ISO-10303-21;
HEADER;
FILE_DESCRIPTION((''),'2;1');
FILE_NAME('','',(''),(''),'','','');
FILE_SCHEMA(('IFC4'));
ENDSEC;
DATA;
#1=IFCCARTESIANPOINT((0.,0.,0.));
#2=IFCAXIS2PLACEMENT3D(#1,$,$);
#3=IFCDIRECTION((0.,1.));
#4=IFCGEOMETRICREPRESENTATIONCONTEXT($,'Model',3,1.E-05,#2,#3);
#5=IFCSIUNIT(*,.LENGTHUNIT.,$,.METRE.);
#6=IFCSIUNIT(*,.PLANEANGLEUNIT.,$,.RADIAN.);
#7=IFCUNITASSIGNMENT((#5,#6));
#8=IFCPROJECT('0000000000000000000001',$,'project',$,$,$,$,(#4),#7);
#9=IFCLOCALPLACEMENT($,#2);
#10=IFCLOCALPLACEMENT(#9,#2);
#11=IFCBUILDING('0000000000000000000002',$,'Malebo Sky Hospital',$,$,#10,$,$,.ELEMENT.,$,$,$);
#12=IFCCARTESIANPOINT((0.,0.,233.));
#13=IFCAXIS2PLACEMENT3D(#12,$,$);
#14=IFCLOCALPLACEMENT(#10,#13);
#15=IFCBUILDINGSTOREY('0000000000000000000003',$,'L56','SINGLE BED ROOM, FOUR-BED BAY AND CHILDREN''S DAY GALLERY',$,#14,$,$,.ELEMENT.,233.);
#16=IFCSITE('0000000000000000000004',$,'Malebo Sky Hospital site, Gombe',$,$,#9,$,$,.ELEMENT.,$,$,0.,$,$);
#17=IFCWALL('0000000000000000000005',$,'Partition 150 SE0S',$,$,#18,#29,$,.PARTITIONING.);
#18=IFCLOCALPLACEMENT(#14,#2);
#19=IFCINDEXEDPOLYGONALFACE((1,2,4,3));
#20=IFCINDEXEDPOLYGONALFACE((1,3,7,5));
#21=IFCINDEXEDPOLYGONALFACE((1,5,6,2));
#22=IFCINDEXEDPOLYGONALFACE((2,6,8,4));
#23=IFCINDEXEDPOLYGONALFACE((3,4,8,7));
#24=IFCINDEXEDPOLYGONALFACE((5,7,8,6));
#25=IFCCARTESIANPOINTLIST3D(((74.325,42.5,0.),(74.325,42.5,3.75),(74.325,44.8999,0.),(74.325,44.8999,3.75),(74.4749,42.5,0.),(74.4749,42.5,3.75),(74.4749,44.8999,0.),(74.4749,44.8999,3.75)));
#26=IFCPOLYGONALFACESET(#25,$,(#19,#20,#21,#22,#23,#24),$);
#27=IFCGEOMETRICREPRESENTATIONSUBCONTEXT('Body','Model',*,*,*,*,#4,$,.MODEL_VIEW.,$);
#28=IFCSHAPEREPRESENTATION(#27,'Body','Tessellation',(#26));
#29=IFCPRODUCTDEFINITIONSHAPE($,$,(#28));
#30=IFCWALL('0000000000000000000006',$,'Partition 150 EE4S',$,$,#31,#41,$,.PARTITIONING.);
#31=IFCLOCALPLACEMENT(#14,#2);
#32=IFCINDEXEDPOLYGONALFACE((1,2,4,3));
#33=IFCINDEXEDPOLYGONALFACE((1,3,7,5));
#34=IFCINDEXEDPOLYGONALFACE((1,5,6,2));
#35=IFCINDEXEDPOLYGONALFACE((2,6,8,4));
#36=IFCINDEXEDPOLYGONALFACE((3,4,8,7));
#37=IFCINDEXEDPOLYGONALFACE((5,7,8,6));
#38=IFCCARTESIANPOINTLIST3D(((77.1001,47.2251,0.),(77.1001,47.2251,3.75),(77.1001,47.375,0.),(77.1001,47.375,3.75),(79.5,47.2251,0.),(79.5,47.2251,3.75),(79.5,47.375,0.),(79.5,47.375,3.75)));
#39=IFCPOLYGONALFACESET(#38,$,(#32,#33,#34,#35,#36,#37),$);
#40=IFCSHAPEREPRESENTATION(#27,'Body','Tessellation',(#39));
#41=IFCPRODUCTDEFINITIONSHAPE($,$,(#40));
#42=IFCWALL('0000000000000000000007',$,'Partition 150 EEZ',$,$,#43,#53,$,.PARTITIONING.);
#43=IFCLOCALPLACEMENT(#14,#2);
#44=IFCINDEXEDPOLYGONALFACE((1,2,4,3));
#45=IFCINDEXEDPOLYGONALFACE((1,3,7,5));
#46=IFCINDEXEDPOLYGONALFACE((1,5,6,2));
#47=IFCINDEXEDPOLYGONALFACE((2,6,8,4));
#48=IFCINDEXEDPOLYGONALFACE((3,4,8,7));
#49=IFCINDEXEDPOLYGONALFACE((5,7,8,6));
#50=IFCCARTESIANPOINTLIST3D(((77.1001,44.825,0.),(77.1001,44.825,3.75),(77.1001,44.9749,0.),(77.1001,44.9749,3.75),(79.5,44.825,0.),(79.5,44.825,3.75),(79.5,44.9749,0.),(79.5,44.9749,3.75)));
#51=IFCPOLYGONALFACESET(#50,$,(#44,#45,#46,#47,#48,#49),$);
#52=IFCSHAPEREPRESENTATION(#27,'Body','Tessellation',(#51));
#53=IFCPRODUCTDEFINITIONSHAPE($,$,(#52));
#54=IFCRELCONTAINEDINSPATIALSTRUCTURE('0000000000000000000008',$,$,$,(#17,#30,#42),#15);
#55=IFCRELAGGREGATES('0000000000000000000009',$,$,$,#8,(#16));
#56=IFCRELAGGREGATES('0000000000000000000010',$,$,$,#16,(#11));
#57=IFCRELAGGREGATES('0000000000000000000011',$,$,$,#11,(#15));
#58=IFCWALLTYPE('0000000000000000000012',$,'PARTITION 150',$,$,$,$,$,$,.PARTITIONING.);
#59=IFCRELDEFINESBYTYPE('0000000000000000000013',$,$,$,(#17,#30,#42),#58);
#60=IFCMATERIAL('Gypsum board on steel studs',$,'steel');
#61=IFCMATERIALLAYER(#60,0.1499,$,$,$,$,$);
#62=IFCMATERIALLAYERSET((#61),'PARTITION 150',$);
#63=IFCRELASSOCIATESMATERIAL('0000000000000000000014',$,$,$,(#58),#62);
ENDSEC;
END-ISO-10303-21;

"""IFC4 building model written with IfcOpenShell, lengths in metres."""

from ifc_helpers import new_model, si_unit, direction, frame, frame_2d, origin, place, context, subcontext, project, spatial, rectangle, extrude, material, layer, layer_set, type_object, element, save


model = new_model("IFC4")

# Units and contexts
model_context = context("Model", 3, precision=1e-05, world=origin(), true_north=direction((0.0, 1.0)))
body_context = subcontext(model_context, "Body", "Model", "MODEL_VIEW")
ifc_project = project(units=[si_unit("LENGTHUNIT", "METRE"), si_unit("PLANEANGLEUNIT", "RADIAN")], contexts=[model_context])

# Site, building, storey
site_placement = place(None, origin())
site = spatial("IfcSite", under=ifc_project, at=site_placement, Name="Malebo Sky Hospital site, Gombe", CompositionType="ELEMENT", RefElevation=0.0)
building_placement = place(site_placement, origin())
building = spatial("IfcBuilding", under=site, at=building_placement, Name="Malebo Sky Hospital", CompositionType="ELEMENT")
storey_placement = place(building_placement, frame((0.0, 0.0, 233.0)))
storey = spatial("IfcBuildingStorey", under=building, at=storey_placement, Name="L56", Description="SINGLE BED ROOM, FOUR-BED BAY AND CHILDREN'S DAY GALLERY", CompositionType="ELEMENT", Elevation=233.0)

# Shared definitions
ifc_material_1 = material(Name="Gypsum board on steel studs", Category="steel")

# Shared definitions
ifc_layer_1 = layer(ifc_material_1, 0.1499)
ifc_layer_set_1 = layer_set([ifc_layer_1], Name="PARTITION 150")
wall_type_1 = type_object("IfcWallType", Name="PARTITION 150", PredefinedType="PARTITIONING", material=ifc_layer_set_1)

# Walls
for number, where, z_axis, x_axis, name in (
    (1, (74.3999, 44.8999, 0.0), (0.0, 0.0, 1.0), (0.0, -1.0, 0.0), "Partition 150 SE0S"),
    (2, (77.1001, 47.3, 0.0), (0.0, 0.0, 1.0), (1.0, 0.0, 0.0), "Partition 150 EE4S"),
    (3, (77.1001, 44.8999, 0.0), (0.0, 0.0, 1.0), (1.0, 0.0, 0.0), "Partition 150 EEZ"),
):
    element("IfcWall", number, at=place(storey_placement, frame(where, z_axis=z_axis, x_axis=x_axis)), inside=storey, type_object=wall_type_1, Name=name, PredefinedType="PARTITIONING", context=body_context, shape_type="SweptSolid", body=[
        extrude(rectangle(XDim=2.3999, YDim=0.1499, at=frame_2d((1.2, 0.0))), origin(), (0.0, 0.0, 1.0), 3.75),
    ])

save(model, "model.ifc")
